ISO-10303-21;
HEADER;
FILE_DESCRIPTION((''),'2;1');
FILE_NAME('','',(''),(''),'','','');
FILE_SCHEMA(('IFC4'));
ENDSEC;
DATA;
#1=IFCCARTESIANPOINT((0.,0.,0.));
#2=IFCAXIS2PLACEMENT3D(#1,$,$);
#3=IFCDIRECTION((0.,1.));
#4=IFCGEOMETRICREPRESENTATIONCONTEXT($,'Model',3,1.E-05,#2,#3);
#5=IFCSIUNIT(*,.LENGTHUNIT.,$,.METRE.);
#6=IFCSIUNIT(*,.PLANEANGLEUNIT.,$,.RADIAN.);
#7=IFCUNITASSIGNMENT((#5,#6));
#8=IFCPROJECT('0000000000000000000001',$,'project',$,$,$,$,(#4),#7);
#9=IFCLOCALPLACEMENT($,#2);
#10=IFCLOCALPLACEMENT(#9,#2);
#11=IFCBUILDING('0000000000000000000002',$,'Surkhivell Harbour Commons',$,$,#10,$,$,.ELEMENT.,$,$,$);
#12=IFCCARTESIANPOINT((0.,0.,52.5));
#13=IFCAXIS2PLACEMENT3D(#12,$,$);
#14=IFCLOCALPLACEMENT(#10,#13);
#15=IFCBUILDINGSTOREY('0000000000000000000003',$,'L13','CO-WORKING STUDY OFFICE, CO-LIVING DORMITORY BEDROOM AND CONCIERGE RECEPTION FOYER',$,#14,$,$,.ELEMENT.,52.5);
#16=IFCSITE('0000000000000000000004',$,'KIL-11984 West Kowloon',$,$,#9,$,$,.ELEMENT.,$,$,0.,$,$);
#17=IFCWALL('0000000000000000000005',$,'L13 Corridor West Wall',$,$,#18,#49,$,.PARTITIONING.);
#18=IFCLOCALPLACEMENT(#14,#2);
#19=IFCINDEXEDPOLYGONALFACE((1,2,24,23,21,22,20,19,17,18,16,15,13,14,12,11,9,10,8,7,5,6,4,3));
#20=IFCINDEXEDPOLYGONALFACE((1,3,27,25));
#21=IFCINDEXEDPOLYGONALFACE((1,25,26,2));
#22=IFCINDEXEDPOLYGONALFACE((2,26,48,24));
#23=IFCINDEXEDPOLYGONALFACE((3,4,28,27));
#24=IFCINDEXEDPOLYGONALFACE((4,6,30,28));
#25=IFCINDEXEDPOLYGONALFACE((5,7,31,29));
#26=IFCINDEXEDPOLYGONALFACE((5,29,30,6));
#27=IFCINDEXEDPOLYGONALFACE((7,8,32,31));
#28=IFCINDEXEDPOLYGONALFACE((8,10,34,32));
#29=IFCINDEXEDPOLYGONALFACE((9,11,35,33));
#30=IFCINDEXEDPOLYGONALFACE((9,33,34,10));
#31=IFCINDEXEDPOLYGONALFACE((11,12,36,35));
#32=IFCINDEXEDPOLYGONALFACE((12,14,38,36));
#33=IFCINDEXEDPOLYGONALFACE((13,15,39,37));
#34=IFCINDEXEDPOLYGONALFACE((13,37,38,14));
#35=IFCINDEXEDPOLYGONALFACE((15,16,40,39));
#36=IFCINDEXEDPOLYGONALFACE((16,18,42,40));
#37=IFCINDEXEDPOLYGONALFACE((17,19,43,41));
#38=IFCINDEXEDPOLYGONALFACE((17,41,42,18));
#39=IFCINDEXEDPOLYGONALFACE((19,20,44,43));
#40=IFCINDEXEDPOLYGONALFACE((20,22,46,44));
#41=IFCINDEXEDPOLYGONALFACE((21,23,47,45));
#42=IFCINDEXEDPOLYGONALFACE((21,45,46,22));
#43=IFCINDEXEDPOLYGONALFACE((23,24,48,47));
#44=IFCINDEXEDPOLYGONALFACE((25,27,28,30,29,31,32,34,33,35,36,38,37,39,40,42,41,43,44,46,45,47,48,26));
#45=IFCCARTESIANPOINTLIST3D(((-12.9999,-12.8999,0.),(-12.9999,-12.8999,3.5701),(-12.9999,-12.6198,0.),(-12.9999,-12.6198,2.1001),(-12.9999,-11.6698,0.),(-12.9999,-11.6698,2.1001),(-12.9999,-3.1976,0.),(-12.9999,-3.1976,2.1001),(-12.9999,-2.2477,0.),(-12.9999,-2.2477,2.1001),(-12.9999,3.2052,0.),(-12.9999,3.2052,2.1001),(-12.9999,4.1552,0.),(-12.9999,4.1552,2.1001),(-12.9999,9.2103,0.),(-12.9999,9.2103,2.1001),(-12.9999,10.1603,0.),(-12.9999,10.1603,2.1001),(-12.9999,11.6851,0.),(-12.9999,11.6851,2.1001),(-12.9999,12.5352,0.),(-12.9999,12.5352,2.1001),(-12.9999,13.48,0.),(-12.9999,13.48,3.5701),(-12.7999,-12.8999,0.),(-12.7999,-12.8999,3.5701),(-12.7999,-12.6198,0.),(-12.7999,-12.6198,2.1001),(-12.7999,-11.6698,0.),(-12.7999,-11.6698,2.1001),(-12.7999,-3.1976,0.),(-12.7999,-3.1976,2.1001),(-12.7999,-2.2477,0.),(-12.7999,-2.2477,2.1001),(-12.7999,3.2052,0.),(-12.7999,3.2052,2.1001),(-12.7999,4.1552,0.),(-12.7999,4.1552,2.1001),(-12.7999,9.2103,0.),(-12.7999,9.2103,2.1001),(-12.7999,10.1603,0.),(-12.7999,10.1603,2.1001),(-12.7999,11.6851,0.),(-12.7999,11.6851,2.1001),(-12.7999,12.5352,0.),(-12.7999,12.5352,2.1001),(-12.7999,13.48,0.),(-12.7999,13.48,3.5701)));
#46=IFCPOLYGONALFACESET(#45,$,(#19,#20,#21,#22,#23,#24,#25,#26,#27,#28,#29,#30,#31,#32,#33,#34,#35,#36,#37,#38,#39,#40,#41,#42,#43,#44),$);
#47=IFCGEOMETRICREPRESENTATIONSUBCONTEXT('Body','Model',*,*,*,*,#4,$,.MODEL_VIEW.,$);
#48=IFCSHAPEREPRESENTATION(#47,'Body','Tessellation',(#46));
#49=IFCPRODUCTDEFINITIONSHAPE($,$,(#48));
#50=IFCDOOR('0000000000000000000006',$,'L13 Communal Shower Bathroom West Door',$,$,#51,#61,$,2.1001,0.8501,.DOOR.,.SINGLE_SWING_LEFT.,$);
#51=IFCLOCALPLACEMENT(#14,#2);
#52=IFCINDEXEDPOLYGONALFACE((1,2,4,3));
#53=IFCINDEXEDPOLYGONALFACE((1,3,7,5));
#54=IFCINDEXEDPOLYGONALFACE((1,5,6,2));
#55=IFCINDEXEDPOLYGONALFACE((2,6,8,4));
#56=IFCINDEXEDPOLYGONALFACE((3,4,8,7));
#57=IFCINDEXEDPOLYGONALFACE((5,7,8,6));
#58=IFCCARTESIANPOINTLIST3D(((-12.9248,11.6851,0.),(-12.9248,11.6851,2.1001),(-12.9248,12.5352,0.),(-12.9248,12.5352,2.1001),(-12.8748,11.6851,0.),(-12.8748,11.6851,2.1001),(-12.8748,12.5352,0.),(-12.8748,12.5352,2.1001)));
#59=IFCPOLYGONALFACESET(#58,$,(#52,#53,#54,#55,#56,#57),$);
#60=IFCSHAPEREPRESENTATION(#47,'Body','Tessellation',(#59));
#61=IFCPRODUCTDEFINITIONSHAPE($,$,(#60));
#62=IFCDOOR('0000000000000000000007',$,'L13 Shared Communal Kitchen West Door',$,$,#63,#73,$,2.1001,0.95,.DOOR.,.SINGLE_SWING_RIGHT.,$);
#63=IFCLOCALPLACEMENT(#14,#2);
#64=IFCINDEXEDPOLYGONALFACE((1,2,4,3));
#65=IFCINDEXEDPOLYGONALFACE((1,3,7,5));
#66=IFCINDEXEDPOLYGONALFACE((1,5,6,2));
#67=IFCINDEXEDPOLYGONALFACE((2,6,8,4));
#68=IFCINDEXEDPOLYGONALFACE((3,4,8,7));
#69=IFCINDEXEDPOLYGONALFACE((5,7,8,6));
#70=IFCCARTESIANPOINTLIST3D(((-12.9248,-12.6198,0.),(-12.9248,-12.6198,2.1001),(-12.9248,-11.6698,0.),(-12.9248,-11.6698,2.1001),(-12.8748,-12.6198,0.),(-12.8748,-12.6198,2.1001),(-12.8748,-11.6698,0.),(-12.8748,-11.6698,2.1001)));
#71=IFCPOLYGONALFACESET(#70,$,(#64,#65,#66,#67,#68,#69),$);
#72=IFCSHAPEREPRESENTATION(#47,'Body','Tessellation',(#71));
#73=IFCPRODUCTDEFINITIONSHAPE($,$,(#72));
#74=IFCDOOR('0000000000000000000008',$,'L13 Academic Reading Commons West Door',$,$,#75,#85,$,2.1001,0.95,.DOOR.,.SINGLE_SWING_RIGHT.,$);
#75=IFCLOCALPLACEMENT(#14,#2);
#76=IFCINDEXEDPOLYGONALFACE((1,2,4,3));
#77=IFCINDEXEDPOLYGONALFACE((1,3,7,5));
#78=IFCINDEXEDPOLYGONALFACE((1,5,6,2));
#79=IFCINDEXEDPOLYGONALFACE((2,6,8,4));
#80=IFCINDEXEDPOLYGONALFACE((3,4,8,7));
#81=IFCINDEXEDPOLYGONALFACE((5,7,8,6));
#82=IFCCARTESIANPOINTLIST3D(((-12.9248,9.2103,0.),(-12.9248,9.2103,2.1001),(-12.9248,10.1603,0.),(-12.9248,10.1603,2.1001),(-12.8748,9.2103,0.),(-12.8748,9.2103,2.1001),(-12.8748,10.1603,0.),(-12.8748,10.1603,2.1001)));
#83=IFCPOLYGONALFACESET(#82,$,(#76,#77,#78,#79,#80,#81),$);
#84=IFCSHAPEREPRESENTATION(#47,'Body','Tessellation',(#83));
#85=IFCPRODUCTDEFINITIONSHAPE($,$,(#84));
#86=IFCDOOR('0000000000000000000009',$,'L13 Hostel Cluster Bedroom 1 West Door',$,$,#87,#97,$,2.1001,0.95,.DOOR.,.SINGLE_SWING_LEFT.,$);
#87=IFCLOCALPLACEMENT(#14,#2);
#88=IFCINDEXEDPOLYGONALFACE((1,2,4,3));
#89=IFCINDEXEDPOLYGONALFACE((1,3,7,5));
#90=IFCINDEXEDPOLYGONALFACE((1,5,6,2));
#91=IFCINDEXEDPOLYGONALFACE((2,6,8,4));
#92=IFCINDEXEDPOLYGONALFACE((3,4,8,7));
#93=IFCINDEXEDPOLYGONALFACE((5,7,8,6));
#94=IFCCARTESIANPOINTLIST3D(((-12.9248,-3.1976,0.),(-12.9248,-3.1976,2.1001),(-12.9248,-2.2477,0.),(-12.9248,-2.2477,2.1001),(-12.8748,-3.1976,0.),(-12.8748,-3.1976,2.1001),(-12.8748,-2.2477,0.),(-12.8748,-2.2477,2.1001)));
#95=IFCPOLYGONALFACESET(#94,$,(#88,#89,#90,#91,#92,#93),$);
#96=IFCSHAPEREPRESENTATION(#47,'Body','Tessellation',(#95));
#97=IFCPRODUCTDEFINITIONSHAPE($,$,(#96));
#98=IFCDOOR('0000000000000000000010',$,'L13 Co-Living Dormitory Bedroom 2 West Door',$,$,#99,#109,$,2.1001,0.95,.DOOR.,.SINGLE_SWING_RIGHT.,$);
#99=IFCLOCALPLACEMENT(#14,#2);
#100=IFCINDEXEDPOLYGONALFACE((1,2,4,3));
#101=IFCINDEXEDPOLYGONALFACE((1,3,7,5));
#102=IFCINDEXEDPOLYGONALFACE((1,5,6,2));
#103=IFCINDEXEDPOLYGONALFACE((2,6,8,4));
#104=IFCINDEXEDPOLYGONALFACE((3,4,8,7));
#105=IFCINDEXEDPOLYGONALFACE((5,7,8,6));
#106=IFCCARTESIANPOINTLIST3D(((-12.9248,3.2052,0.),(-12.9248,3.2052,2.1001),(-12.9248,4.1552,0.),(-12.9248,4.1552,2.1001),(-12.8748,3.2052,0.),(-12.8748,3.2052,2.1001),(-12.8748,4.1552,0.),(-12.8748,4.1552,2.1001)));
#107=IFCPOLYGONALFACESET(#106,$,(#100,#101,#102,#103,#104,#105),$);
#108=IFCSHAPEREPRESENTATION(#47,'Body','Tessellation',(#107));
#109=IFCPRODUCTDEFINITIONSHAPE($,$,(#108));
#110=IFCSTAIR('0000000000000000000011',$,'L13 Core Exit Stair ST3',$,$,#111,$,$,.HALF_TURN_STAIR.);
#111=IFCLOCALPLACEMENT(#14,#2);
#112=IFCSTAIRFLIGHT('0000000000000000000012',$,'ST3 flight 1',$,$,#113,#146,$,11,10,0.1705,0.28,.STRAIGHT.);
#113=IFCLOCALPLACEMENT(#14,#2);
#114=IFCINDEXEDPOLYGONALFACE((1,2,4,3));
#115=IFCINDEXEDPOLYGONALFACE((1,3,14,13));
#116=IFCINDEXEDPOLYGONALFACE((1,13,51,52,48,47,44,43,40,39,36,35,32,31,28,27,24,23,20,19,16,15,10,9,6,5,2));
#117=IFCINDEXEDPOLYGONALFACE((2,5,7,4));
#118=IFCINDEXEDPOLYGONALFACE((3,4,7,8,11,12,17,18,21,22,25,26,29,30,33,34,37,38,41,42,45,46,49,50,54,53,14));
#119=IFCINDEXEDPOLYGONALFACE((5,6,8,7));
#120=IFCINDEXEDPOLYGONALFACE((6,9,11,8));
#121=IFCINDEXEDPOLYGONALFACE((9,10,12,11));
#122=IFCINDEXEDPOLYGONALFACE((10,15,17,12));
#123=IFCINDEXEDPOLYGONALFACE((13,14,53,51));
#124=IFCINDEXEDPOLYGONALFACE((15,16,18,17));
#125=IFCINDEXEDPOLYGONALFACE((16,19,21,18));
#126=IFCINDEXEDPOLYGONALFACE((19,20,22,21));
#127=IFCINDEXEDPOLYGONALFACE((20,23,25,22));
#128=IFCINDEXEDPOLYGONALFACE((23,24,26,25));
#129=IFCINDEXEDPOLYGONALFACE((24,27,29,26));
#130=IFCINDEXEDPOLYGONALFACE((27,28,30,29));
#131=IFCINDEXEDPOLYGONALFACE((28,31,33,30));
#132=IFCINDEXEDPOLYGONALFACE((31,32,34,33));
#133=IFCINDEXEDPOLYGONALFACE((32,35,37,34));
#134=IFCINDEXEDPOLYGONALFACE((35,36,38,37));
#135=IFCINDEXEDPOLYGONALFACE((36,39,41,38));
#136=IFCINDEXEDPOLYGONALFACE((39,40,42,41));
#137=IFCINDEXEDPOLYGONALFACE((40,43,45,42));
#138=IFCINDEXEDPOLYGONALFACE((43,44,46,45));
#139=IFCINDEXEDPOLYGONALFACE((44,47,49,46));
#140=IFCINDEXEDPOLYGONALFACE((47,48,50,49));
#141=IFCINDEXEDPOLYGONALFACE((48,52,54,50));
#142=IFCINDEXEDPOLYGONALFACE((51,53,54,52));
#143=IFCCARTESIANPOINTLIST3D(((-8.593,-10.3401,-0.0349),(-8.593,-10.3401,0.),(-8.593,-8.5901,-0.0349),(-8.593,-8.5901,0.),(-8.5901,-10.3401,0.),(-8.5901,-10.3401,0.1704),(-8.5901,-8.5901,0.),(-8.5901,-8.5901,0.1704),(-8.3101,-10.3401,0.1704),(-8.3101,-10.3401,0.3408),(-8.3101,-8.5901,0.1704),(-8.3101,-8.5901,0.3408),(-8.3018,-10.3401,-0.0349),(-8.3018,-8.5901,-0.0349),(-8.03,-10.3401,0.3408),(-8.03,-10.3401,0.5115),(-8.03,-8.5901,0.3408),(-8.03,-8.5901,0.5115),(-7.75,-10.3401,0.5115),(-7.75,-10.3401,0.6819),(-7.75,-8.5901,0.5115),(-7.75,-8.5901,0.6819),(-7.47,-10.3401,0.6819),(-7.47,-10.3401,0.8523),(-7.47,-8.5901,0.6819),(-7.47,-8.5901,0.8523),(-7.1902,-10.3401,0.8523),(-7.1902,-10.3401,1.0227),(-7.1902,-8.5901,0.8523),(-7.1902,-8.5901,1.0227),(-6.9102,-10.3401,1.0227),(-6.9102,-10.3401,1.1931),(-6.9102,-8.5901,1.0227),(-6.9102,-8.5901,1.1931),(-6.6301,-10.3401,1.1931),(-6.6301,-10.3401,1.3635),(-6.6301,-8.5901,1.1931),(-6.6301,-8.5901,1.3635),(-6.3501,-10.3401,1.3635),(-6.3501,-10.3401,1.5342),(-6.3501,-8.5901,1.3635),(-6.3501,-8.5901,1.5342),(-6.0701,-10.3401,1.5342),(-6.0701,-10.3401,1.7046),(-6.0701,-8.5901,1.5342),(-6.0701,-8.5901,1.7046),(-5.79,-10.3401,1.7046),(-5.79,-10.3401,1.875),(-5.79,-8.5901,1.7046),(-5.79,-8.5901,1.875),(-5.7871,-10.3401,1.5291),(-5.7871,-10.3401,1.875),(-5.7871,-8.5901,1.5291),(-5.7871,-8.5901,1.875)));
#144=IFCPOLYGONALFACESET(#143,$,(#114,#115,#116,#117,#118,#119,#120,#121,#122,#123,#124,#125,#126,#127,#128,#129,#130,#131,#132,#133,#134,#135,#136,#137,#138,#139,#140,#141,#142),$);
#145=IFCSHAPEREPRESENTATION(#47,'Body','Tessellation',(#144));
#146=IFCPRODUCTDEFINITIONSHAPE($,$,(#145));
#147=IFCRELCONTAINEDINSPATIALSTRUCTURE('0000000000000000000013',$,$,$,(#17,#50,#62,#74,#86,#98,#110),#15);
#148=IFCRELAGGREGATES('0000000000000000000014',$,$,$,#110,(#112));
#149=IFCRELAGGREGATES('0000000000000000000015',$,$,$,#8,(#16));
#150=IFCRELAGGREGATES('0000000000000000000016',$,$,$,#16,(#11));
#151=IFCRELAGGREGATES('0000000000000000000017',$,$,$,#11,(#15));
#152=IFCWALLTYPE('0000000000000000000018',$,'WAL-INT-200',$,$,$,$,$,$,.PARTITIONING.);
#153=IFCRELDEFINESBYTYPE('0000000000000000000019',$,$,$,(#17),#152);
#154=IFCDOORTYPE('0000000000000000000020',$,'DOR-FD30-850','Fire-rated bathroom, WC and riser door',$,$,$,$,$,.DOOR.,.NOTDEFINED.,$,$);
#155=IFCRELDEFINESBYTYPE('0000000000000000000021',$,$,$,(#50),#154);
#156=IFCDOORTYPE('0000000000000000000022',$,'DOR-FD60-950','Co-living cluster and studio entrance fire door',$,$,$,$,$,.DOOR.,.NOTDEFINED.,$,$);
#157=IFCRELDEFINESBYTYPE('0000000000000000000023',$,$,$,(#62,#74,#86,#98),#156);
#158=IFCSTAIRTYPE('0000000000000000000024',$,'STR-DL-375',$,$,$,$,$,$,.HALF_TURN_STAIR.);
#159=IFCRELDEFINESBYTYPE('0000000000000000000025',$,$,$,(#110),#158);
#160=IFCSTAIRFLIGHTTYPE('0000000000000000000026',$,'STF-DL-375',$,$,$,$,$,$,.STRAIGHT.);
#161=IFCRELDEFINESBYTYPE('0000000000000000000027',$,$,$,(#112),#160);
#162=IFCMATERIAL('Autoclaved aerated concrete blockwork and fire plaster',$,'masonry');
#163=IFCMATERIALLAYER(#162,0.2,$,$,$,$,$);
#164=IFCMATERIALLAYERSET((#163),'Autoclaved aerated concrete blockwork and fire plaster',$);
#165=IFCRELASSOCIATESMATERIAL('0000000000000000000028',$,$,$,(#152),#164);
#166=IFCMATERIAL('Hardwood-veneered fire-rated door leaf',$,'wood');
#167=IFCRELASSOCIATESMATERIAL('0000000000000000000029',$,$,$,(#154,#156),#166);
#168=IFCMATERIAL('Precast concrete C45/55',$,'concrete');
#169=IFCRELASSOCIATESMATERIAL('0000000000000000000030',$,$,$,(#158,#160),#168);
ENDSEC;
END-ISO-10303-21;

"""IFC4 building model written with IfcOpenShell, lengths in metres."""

from ifc_helpers import new_model, si_unit, direction, frame, frame_2d, origin, place, context, subcontext, project, spatial, polyline, rectangle, outline, extrude, material, layer, layer_set, type_object, element, fill, aggregate, save


model = new_model("IFC4")

# Units and contexts
model_context = context("Model", 3, precision=1e-05, world=origin(), true_north=direction((0.0, 1.0)))
body_context = subcontext(model_context, "Body", "Model", "MODEL_VIEW")
ifc_project = project(units=[si_unit("LENGTHUNIT", "METRE"), si_unit("PLANEANGLEUNIT", "RADIAN")], contexts=[model_context])

# Site, building, storey
site_placement = place(None, origin())
site = spatial("IfcSite", under=ifc_project, at=site_placement, Name="KIL-11984 West Kowloon", CompositionType="ELEMENT", RefElevation=0.0)
building_placement = place(site_placement, origin())
building = spatial("IfcBuilding", under=site, at=building_placement, Name="Surkhivell Harbour Commons", CompositionType="ELEMENT")
storey_placement = place(building_placement, frame((0.0, 0.0, 52.5)))
storey = spatial("IfcBuildingStorey", under=building, at=storey_placement, Name="L13", Description="CO-WORKING STUDY OFFICE, CO-LIVING DORMITORY BEDROOM AND CONCIERGE RECEPTION FOYER", CompositionType="ELEMENT", Elevation=52.5)

# Wall, openings, doors
ifc_material_1 = material(Name="Autoclaved aerated concrete blockwork and fire plaster", Category="masonry")
ifc_layer_1 = layer(ifc_material_1, 0.2)
ifc_layer_set_1 = layer_set([ifc_layer_1], Name="Autoclaved aerated concrete blockwork and fire plaster")
wall_type_1 = type_object("IfcWallType", Name="WAL-INT-200", PredefinedType="PARTITIONING", material=ifc_layer_set_1)
ifc_material_2 = material(Name="Hardwood-veneered fire-rated door leaf", Category="wood")
door_type_1 = type_object("IfcDoorType", Name="DOR-FD30-850", Description="Fire-rated bathroom, WC and riser door", OperationType="NOTDEFINED", PredefinedType="DOOR", material=ifc_material_2)
door_type_2 = type_object("IfcDoorType", Name="DOR-FD60-950", Description="Co-living cluster and studio entrance fire door", OperationType="NOTDEFINED", PredefinedType="DOOR", material=ifc_material_2)
wall_1_placement = place(storey_placement, frame((-12.8999, -12.8999, 0.0), z_axis=(0.0, 0.0, 1.0), x_axis=(0.0, 1.0, 0.0)))
wall_1 = element("IfcWall", 1, at=wall_1_placement, inside=storey, type_object=wall_type_1, Name="L13 Corridor West Wall", PredefinedType="PARTITIONING", context=body_context, shape_type="SweptSolid", body=[
    extrude(rectangle(XDim=26.3799, YDim=0.2, at=frame_2d((13.1899, 0.0))), origin(), (0.0, 0.0, 1.0), 3.5701),
])
opening_1_placement = place(wall_1_placement, frame((0.28, 0.0, 0.0)))
opening_1 = element("IfcOpeningElement", 2, at=opening_1_placement, cuts=wall_1, PredefinedType="OPENING", context=body_context, shape_type="SweptSolid", body=[
    extrude(rectangle(XDim=0.95, YDim=2.1001, at=frame_2d((0.4751, 1.05))), frame((0.0, 0.1099, 0.0), z_axis=(0.0, -1.0, 0.0), x_axis=(1.0, 0.0, 0.0)), (0.0, 0.0, 1.0), 0.22),
])
opening_2_placement = place(wall_1_placement, frame((24.585, 0.0, 0.0)))
opening_2 = element("IfcOpeningElement", 3, at=opening_2_placement, cuts=wall_1, PredefinedType="OPENING", context=body_context, shape_type="SweptSolid", body=[
    extrude(rectangle(XDim=0.8501, YDim=2.1001, at=frame_2d((0.425, 1.05))), frame((0.0, 0.1099, 0.0), z_axis=(0.0, -1.0, 0.0), x_axis=(1.0, 0.0, 0.0)), (0.0, 0.0, 1.0), 0.22),
])
opening_3_placement = place(wall_1_placement, frame((22.1101, 0.0, 0.0)))
opening_3 = element("IfcOpeningElement", 4, at=opening_3_placement, cuts=wall_1, PredefinedType="OPENING", context=body_context, shape_type="SweptSolid", body=[
    extrude(rectangle(XDim=0.95, YDim=2.1001, at=frame_2d((0.4751, 1.05))), frame((0.0, 0.1099, 0.0), z_axis=(0.0, -1.0, 0.0), x_axis=(1.0, 0.0, 0.0)), (0.0, 0.0, 1.0), 0.22),
])
opening_4_placement = place(wall_1_placement, frame((9.7021, 0.0, 0.0)))
opening_4 = element("IfcOpeningElement", 5, at=opening_4_placement, cuts=wall_1, PredefinedType="OPENING", context=body_context, shape_type="SweptSolid", body=[
    extrude(rectangle(XDim=0.95, YDim=2.1001, at=frame_2d((0.4751, 1.05))), frame((0.0, 0.1099, 0.0), z_axis=(0.0, -1.0, 0.0), x_axis=(1.0, 0.0, 0.0)), (0.0, 0.0, 1.0), 0.22),
])
opening_5_placement = place(wall_1_placement, frame((16.105, 0.0, 0.0)))
opening_5 = element("IfcOpeningElement", 6, at=opening_5_placement, cuts=wall_1, PredefinedType="OPENING", context=body_context, shape_type="SweptSolid", body=[
    extrude(rectangle(XDim=0.95, YDim=2.1001, at=frame_2d((0.4751, 1.05))), frame((0.0, 0.1099, 0.0), z_axis=(0.0, -1.0, 0.0), x_axis=(1.0, 0.0, 0.0)), (0.0, 0.0, 1.0), 0.22),
])
door_1_placement = place(opening_2_placement, origin())
door_1 = element("IfcDoor", 7, at=door_1_placement, inside=storey, type_object=door_type_1, Name="L13 Communal Shower Bathroom West Door", OperationType="SINGLE_SWING_LEFT", OverallHeight=2.1001, OverallWidth=0.8501, PredefinedType="DOOR", context=body_context, shape_type="SweptSolid", body=[
    extrude(rectangle(XDim=0.8501, YDim=2.1001, at=frame_2d((0.425, 1.05))), frame((0.0, 0.0249, 0.0), z_axis=(0.0, -1.0, 0.0), x_axis=(1.0, 0.0, 0.0)), (0.0, 0.0, 1.0), 0.05),
])
fill(opening_2, door_1)
door_2_placement = place(opening_1_placement, origin())
door_2 = element("IfcDoor", 8, at=door_2_placement, inside=storey, type_object=door_type_2, Name="L13 Shared Communal Kitchen West Door", OperationType="SINGLE_SWING_RIGHT", OverallHeight=2.1001, OverallWidth=0.95, PredefinedType="DOOR", context=body_context, shape_type="SweptSolid", body=[
    extrude(rectangle(XDim=0.95, YDim=2.1001, at=frame_2d((0.4751, 1.05))), frame((0.0, 0.0249, 0.0), z_axis=(0.0, -1.0, 0.0), x_axis=(1.0, 0.0, 0.0)), (0.0, 0.0, 1.0), 0.05),
])
fill(opening_1, door_2)
door_3_placement = place(opening_3_placement, origin())
door_3 = element("IfcDoor", 9, at=door_3_placement, inside=storey, type_object=door_type_2, Name="L13 Academic Reading Commons West Door", OperationType="SINGLE_SWING_RIGHT", OverallHeight=2.1001, OverallWidth=0.95, PredefinedType="DOOR", context=body_context, shape_type="SweptSolid", body=[
    extrude(rectangle(XDim=0.95, YDim=2.1001, at=frame_2d((0.4751, 1.05))), frame((0.0, 0.0249, 0.0), z_axis=(0.0, -1.0, 0.0), x_axis=(1.0, 0.0, 0.0)), (0.0, 0.0, 1.0), 0.05),
])
fill(opening_3, door_3)
door_4_placement = place(opening_4_placement, origin())
door_4 = element("IfcDoor", 10, at=door_4_placement, inside=storey, type_object=door_type_2, Name="L13 Hostel Cluster Bedroom 1 West Door", OperationType="SINGLE_SWING_LEFT", OverallHeight=2.1001, OverallWidth=0.95, PredefinedType="DOOR", context=body_context, shape_type="SweptSolid", body=[
    extrude(rectangle(XDim=0.95, YDim=2.1001, at=frame_2d((0.4751, 1.05))), frame((0.0, 0.0249, 0.0), z_axis=(0.0, -1.0, 0.0), x_axis=(1.0, 0.0, 0.0)), (0.0, 0.0, 1.0), 0.05),
])
fill(opening_4, door_4)
door_5_placement = place(opening_5_placement, origin())
door_5 = element("IfcDoor", 11, at=door_5_placement, inside=storey, type_object=door_type_2, Name="L13 Co-Living Dormitory Bedroom 2 West Door", OperationType="SINGLE_SWING_RIGHT", OverallHeight=2.1001, OverallWidth=0.95, PredefinedType="DOOR", context=body_context, shape_type="SweptSolid", body=[
    extrude(rectangle(XDim=0.95, YDim=2.1001, at=frame_2d((0.4751, 1.05))), frame((0.0, 0.0249, 0.0), z_axis=(0.0, -1.0, 0.0), x_axis=(1.0, 0.0, 0.0)), (0.0, 0.0, 1.0), 0.05),
])
fill(opening_5, door_5)

# Stair, stair flight
ifc_material_3 = material(Name="Precast concrete C45/55", Category="concrete")
stair_type = type_object("IfcStairType", Name="STR-DL-375", PredefinedType="HALF_TURN_STAIR", material=ifc_material_3)
stair_placement = place(storey_placement, origin())
stair = element("IfcStair", 12, at=stair_placement, inside=storey, type_object=stair_type, Name="L13 Core Exit Stair ST3", PredefinedType="HALF_TURN_STAIR")
stair_flight_type = type_object("IfcStairFlightType", Name="STF-DL-375", PredefinedType="STRAIGHT", material=ifc_material_3)
stair_flight_placement = place(storey_placement, frame((-8.5901, -9.4651, 0.0), z_axis=(0.0, 0.0, 1.0), x_axis=(1.0, 0.0, 0.0)))
stair_flight = element("IfcStairFlight", 13, at=stair_flight_placement, type_object=stair_flight_type, Name="ST3 flight 1", NumberOfRisers=11, NumberOfTreads=10, PredefinedType="STRAIGHT", RiserHeight=0.1705, TreadLength=0.28, context=body_context, shape_type="SweptSolid", body=[
    extrude(outline(polyline([(-0.0029, -0.0349), (-0.0029, 0.0), (0.0, 0.0), (0.0, 0.1704), (0.28, 0.1704), (0.28, 0.3408), (0.5601, 0.3408), (0.5601, 0.5115), (0.8401, 0.5115), (0.8401, 0.6819), (1.1201, 0.6819), (1.1201, 0.8523), (1.3999, 0.8523), (1.3999, 1.0227), (1.6799, 1.0227), (1.6799, 1.1931), (1.96, 1.1931), (1.96, 1.3635), (2.24, 1.3635), (2.24, 1.5342), (2.52, 1.5342), (2.52, 1.7046), (2.8, 1.7046), (2.8, 1.875), (2.803, 1.875), (2.803, 1.5291), (0.2883, -0.0349), (-0.0029, -0.0349)])), frame((0.0, 0.875, 0.0), z_axis=(0.0, -1.0, 0.0), x_axis=(1.0, 0.0, 0.0)), (0.0, 0.0, 1.0), 1.75),
])
aggregate(stair, [stair_flight])

save(model, "model.ifc")
